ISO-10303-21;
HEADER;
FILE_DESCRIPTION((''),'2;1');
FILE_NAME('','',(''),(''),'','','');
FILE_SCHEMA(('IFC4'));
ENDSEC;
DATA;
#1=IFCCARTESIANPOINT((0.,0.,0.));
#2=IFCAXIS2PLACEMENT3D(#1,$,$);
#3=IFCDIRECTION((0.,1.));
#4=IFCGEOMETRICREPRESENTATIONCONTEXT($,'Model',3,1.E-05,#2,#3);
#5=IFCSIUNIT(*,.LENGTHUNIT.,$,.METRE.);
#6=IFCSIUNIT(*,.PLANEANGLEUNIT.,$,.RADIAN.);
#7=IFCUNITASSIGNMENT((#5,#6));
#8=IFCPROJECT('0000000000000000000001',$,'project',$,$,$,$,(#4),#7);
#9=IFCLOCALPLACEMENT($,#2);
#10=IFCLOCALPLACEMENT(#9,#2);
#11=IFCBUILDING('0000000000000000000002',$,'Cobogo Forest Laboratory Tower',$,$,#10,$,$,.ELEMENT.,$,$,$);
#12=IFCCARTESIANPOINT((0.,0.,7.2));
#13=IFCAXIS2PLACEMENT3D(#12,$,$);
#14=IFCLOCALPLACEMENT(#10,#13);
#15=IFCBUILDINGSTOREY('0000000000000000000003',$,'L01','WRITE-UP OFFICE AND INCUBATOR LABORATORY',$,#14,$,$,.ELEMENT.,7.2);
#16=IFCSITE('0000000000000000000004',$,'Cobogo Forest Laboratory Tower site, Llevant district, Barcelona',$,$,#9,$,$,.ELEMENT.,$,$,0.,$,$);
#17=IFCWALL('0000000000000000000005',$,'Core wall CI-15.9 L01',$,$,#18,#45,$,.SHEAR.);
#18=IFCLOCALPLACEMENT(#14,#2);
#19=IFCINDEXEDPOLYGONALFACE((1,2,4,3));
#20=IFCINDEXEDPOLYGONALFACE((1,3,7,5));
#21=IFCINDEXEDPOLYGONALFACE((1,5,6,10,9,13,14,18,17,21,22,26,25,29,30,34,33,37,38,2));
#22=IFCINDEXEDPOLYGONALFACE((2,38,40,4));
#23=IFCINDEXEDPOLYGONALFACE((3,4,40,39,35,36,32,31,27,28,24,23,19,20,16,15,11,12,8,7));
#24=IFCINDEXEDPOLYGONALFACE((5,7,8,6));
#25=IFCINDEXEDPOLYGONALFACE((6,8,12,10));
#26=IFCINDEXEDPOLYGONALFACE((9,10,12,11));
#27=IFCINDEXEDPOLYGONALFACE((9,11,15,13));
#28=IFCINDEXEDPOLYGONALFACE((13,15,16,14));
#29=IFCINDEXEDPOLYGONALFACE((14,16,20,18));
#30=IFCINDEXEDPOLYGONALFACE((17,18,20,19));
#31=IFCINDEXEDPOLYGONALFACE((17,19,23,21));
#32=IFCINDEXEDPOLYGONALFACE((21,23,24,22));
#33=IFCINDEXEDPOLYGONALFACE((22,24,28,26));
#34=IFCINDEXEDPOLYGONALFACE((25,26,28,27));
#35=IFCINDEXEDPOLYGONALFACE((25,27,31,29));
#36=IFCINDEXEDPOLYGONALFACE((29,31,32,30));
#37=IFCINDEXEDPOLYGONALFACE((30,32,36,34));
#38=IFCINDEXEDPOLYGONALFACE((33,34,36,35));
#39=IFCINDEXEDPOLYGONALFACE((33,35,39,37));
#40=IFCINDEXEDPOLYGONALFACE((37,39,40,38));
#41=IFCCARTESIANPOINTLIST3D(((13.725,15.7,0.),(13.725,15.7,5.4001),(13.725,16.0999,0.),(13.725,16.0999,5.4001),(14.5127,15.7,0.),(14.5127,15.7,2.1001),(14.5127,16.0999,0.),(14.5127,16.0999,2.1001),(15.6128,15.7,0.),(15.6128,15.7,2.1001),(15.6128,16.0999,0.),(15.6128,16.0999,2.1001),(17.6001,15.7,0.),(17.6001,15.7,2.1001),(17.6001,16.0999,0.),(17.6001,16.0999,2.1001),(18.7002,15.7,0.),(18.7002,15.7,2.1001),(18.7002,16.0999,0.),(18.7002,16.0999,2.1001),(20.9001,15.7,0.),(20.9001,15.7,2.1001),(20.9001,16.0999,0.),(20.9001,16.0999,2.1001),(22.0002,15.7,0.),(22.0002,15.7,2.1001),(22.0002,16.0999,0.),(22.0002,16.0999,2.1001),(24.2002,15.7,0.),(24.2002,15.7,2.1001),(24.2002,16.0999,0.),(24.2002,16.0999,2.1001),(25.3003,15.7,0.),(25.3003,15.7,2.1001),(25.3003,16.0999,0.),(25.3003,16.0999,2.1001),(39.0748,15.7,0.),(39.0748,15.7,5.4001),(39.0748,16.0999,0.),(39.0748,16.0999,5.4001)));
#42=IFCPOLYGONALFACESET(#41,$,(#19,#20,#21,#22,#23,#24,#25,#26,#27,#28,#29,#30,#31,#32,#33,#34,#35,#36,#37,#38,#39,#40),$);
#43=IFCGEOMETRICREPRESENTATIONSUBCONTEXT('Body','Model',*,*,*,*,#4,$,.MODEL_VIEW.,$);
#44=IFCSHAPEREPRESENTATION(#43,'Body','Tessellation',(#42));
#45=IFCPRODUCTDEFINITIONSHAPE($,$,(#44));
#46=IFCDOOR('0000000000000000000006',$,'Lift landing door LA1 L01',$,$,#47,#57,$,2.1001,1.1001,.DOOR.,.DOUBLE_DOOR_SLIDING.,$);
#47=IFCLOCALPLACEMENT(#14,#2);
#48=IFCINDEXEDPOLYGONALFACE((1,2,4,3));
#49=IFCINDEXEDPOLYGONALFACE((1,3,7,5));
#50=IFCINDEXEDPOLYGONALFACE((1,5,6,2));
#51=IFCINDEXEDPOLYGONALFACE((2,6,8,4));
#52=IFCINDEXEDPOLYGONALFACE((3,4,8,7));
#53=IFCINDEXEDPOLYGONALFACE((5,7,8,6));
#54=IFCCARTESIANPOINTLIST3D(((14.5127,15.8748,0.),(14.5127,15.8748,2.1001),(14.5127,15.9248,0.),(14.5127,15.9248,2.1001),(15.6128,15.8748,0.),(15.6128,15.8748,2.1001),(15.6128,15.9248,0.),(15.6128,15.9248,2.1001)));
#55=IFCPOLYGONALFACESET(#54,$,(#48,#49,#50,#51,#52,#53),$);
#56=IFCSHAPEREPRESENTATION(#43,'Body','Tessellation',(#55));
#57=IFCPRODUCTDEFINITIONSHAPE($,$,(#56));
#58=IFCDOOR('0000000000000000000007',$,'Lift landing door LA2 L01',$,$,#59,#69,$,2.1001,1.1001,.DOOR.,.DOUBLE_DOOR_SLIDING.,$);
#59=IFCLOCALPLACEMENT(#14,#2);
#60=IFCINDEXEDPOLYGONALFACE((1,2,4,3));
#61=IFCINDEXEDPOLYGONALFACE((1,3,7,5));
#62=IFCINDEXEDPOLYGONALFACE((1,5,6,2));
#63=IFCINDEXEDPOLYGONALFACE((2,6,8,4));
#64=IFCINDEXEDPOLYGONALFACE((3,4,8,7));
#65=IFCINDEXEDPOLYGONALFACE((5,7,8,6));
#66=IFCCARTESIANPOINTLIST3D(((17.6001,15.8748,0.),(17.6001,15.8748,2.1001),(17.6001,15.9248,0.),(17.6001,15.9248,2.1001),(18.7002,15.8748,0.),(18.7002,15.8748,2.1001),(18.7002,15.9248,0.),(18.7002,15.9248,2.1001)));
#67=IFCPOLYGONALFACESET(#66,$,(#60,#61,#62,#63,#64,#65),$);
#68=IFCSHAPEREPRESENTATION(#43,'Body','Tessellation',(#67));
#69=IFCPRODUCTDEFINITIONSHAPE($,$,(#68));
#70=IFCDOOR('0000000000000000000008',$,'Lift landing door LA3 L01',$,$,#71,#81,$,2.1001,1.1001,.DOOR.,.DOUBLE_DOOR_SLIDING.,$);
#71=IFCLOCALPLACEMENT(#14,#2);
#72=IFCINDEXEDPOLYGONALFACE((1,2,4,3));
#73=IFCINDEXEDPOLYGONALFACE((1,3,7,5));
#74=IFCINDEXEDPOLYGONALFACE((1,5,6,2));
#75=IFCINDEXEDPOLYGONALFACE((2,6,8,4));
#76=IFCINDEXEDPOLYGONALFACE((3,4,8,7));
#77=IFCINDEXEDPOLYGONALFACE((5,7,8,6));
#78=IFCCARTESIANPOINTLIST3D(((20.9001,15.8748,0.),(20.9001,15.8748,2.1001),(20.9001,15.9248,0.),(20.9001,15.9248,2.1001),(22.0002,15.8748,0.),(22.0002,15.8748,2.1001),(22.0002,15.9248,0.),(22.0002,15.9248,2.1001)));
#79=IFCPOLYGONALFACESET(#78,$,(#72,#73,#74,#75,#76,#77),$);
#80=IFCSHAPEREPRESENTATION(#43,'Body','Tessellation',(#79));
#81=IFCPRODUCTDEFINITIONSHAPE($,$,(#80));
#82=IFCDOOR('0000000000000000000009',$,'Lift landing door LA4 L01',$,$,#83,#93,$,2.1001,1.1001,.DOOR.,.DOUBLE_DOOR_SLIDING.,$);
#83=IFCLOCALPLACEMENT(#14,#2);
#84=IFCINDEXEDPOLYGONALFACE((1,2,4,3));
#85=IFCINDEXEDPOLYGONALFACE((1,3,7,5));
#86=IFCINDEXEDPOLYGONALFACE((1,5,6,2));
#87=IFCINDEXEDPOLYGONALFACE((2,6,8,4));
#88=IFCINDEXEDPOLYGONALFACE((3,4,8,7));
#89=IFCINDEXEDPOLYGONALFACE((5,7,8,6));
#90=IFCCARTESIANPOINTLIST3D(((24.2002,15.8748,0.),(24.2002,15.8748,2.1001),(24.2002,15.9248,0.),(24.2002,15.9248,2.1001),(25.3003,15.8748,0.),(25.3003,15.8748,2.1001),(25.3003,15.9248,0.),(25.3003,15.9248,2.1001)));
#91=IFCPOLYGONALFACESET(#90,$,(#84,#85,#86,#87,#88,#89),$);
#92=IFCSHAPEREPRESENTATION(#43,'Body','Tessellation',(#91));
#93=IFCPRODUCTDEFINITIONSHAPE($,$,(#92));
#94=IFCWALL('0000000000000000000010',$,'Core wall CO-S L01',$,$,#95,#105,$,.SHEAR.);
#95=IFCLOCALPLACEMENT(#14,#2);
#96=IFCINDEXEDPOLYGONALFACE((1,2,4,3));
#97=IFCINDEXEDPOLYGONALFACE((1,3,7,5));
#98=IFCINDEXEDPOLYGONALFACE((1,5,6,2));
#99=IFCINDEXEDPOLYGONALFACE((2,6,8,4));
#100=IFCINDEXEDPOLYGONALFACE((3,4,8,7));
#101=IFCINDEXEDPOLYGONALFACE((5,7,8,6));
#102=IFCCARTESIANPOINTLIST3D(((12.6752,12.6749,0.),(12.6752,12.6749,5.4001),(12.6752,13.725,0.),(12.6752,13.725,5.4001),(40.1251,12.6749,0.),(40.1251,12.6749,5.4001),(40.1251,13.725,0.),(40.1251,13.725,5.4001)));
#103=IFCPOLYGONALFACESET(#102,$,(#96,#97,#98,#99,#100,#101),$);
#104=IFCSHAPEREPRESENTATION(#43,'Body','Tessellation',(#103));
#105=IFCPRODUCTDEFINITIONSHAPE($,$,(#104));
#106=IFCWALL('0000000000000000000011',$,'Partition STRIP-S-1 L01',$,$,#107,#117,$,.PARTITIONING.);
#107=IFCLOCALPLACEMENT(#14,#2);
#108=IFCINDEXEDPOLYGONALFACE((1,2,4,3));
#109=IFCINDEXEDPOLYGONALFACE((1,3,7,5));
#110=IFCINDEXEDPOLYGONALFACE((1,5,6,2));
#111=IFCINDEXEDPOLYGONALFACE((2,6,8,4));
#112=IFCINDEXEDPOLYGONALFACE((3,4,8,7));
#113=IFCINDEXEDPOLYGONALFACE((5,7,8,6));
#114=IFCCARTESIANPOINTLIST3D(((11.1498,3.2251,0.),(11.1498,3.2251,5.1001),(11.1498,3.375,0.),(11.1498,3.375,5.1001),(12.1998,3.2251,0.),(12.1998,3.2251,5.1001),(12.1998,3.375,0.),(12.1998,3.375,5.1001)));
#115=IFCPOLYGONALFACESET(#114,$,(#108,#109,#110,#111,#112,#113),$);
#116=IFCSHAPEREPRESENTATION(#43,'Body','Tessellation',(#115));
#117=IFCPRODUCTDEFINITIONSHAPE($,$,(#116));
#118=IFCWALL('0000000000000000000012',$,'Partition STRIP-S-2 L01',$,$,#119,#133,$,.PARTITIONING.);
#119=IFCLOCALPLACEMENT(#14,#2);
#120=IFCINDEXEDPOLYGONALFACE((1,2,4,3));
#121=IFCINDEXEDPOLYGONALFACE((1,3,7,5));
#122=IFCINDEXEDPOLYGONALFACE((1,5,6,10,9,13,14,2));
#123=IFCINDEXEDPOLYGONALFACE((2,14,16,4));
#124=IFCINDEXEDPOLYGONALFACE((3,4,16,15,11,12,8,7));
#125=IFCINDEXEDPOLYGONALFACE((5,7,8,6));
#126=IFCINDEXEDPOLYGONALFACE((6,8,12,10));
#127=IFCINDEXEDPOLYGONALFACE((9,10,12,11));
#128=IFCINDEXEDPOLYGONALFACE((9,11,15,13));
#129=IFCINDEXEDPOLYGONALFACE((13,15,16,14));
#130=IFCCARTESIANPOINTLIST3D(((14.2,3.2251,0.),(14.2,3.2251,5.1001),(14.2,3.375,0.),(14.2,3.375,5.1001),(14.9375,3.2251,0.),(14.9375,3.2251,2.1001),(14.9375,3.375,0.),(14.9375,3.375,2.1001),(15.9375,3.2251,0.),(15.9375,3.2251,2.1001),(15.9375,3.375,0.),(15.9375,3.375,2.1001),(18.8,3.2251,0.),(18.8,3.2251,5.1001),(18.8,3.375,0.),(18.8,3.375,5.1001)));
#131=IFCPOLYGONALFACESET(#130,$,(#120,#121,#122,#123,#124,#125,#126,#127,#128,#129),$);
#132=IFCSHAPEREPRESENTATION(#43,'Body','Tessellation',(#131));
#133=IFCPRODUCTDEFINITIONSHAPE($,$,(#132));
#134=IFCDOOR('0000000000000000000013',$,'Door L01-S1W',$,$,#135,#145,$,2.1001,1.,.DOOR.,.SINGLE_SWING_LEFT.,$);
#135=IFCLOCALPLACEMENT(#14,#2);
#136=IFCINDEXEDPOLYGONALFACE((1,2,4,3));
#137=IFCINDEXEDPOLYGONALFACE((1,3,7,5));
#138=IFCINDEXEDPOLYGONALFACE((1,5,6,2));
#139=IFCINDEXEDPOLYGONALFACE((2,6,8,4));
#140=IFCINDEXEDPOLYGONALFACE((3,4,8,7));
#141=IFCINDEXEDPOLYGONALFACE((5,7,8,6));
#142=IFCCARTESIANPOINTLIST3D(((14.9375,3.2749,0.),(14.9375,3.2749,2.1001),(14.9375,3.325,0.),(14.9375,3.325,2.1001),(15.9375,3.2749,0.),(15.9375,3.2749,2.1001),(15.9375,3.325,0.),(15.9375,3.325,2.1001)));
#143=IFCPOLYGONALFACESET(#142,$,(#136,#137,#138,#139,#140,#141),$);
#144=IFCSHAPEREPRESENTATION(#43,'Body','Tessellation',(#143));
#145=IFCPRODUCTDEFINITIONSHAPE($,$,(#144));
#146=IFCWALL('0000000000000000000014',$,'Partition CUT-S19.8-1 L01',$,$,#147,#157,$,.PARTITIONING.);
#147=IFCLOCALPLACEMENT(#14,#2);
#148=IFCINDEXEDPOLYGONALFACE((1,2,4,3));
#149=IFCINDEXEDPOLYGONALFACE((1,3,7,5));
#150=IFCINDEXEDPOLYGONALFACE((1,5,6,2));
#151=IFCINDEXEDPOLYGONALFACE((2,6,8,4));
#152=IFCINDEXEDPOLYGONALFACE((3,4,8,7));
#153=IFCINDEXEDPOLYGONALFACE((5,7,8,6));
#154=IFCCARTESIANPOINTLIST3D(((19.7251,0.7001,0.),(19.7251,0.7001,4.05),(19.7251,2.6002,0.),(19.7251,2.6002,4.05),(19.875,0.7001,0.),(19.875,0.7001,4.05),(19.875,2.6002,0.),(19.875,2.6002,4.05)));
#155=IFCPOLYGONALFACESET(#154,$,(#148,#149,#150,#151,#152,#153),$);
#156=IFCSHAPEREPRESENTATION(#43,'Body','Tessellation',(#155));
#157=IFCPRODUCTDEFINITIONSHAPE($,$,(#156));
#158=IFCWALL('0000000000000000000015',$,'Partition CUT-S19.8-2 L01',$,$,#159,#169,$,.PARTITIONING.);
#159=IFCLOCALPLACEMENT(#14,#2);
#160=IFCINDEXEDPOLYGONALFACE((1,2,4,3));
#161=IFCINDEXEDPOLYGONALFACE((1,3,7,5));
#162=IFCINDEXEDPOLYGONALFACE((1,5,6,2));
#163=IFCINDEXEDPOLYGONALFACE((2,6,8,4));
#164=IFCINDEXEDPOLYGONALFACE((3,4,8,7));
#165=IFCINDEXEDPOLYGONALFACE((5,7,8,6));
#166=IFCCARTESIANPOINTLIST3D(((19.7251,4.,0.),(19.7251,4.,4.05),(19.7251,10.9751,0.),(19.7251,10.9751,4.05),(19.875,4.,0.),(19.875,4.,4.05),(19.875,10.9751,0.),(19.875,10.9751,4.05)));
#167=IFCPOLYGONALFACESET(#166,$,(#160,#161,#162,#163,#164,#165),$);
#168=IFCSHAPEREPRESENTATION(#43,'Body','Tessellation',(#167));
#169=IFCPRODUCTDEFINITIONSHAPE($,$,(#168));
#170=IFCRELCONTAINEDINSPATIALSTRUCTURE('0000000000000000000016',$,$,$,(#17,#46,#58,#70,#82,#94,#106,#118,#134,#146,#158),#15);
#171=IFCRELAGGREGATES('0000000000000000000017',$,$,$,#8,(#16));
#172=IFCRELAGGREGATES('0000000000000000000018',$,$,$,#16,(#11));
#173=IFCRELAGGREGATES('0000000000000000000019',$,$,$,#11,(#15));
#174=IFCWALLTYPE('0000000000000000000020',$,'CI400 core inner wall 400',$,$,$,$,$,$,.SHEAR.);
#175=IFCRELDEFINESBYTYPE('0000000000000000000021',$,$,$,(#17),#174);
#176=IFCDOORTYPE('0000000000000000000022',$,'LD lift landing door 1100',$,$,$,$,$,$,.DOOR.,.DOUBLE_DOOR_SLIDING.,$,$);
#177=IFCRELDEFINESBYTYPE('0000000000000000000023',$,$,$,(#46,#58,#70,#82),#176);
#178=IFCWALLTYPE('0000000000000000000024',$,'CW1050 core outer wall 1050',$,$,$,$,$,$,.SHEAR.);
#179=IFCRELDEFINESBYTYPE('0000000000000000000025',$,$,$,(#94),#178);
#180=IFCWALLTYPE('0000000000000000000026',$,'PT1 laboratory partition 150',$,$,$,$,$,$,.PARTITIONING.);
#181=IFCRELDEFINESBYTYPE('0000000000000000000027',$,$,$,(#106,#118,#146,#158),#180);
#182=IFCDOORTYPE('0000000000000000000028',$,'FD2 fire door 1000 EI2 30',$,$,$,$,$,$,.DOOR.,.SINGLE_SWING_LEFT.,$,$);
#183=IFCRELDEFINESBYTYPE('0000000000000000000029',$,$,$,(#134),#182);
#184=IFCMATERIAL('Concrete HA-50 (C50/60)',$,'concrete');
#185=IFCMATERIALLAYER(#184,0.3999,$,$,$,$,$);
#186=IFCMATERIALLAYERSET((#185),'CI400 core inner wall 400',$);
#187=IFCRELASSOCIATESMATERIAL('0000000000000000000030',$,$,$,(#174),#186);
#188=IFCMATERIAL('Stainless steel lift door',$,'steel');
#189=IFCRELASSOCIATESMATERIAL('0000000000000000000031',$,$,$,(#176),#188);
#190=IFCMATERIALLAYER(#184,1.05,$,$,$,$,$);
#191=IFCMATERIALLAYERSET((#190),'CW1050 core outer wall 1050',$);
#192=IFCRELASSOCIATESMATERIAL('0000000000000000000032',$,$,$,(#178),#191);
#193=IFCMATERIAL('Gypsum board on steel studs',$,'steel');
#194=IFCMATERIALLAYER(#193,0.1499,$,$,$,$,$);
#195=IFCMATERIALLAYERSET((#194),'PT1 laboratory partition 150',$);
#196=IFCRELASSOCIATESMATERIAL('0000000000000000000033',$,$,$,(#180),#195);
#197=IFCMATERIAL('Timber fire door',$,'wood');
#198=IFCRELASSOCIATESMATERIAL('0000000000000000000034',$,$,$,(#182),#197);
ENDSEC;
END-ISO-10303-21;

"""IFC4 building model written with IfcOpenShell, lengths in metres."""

from ifc_helpers import new_model, si_unit, direction, frame, frame_2d, origin, place, context, subcontext, project, spatial, rectangle, extrude, material, layer, layer_set, type_object, element, fill, save


model = new_model("IFC4")

# Units and contexts
model_context = context("Model", 3, precision=1e-05, world=origin(), true_north=direction((0.0, 1.0)))
body_context = subcontext(model_context, "Body", "Model", "MODEL_VIEW")
ifc_project = project(units=[si_unit("LENGTHUNIT", "METRE"), si_unit("PLANEANGLEUNIT", "RADIAN")], contexts=[model_context])

# Site, building, storey
site_placement = place(None, origin())
site = spatial("IfcSite", under=ifc_project, at=site_placement, Name="Cobogo Forest Laboratory Tower site, Llevant district, Barcelona", CompositionType="ELEMENT", RefElevation=0.0)
building_placement = place(site_placement, origin())
building = spatial("IfcBuilding", under=site, at=building_placement, Name="Cobogo Forest Laboratory Tower", CompositionType="ELEMENT")
storey_placement = place(building_placement, frame((0.0, 0.0, 7.2)))
storey = spatial("IfcBuildingStorey", under=building, at=storey_placement, Name="L01", Description="WRITE-UP OFFICE AND INCUBATOR LABORATORY", CompositionType="ELEMENT", Elevation=7.2)

# Shared definitions
ifc_material_1 = material(Name="Concrete HA-50 (C50/60)", Category="concrete")

# Wall, openings, doors
ifc_layer_1 = layer(ifc_material_1, 0.3999)
ifc_layer_set_1 = layer_set([ifc_layer_1], Name="CI400 core inner wall 400")
wall_type_1 = type_object("IfcWallType", Name="CI400 core inner wall 400", PredefinedType="SHEAR", material=ifc_layer_set_1)
wall_1_placement = place(storey_placement, frame((13.7251, 15.8999, 0.0), z_axis=(0.0, 0.0, 1.0), x_axis=(1.0, 0.0, 0.0)))
wall_1 = element("IfcWall", 1, at=wall_1_placement, inside=storey, type_object=wall_type_1, Name="Core wall CI-15.9 L01", PredefinedType="SHEAR", context=body_context, shape_type="SweptSolid", body=[
    extrude(rectangle(XDim=25.3499, YDim=0.3999, at=frame_2d((12.6748, 0.0))), origin(), (0.0, 0.0, 1.0), 5.4001),
])
opening_1_placement = place(wall_1_placement, frame((0.7876, 0.0, 0.0)))
opening_1 = element("IfcOpeningElement", 2, at=opening_1_placement, cuts=wall_1, PredefinedType="OPENING", context=body_context, shape_type="SweptSolid", body=[
    extrude(rectangle(XDim=1.1001, YDim=2.1001, at=frame_2d((0.55, 1.05))), frame((0.0, 0.21, 0.0), z_axis=(0.0, -1.0, 0.0), x_axis=(1.0, 0.0, 0.0)), (0.0, 0.0, 1.0), 0.4199),
])
opening_2_placement = place(wall_1_placement, frame((3.875, 0.0, 0.0)))
opening_2 = element("IfcOpeningElement", 3, at=opening_2_placement, cuts=wall_1, PredefinedType="OPENING", context=body_context, shape_type="SweptSolid", body=[
    extrude(rectangle(XDim=1.1001, YDim=2.1001, at=frame_2d((0.55, 1.05))), frame((0.0, 0.21, 0.0), z_axis=(0.0, -1.0, 0.0), x_axis=(1.0, 0.0, 0.0)), (0.0, 0.0, 1.0), 0.4199),
])
opening_3_placement = place(wall_1_placement, frame((7.175, 0.0, 0.0)))
opening_3 = element("IfcOpeningElement", 4, at=opening_3_placement, cuts=wall_1, PredefinedType="OPENING", context=body_context, shape_type="SweptSolid", body=[
    extrude(rectangle(XDim=1.1001, YDim=2.1001, at=frame_2d((0.55, 1.05))), frame((0.0, 0.21, 0.0), z_axis=(0.0, -1.0, 0.0), x_axis=(1.0, 0.0, 0.0)), (0.0, 0.0, 1.0), 0.4199),
])
opening_4_placement = place(wall_1_placement, frame((10.4751, 0.0, 0.0)))
opening_4 = element("IfcOpeningElement", 5, at=opening_4_placement, cuts=wall_1, PredefinedType="OPENING", context=body_context, shape_type="SweptSolid", body=[
    extrude(rectangle(XDim=1.1001, YDim=2.1001, at=frame_2d((0.55, 1.05))), frame((0.0, 0.21, 0.0), z_axis=(0.0, -1.0, 0.0), x_axis=(1.0, 0.0, 0.0)), (0.0, 0.0, 1.0), 0.4199),
])
ifc_material_2 = material(Name="Stainless steel lift door", Category="steel")
door_type_1 = type_object("IfcDoorType", Name="LD lift landing door 1100", OperationType="DOUBLE_DOOR_SLIDING", PredefinedType="DOOR", material=ifc_material_2)
door_1_placement = place(opening_1_placement, origin())
door_1 = element("IfcDoor", 6, at=door_1_placement, inside=storey, type_object=door_type_1, Name="Lift landing door LA1 L01", OperationType="DOUBLE_DOOR_SLIDING", OverallHeight=2.1001, OverallWidth=1.1001, PredefinedType="DOOR", context=body_context, shape_type="SweptSolid", body=[
    extrude(rectangle(XDim=1.1001, YDim=2.1001, at=frame_2d((0.55, 1.05))), frame((0.0, 0.0249, 0.0), z_axis=(0.0, -1.0, 0.0), x_axis=(1.0, 0.0, 0.0)), (0.0, 0.0, 1.0), 0.05),
])
fill(opening_1, door_1)
door_2_placement = place(opening_2_placement, origin())
door_2 = element("IfcDoor", 7, at=door_2_placement, inside=storey, type_object=door_type_1, Name="Lift landing door LA2 L01", OperationType="DOUBLE_DOOR_SLIDING", OverallHeight=2.1001, OverallWidth=1.1001, PredefinedType="DOOR", context=body_context, shape_type="SweptSolid", body=[
    extrude(rectangle(XDim=1.1001, YDim=2.1001, at=frame_2d((0.55, 1.05))), frame((0.0, 0.0249, 0.0), z_axis=(0.0, -1.0, 0.0), x_axis=(1.0, 0.0, 0.0)), (0.0, 0.0, 1.0), 0.05),
])
fill(opening_2, door_2)
door_3_placement = place(opening_3_placement, origin())
door_3 = element("IfcDoor", 8, at=door_3_placement, inside=storey, type_object=door_type_1, Name="Lift landing door LA3 L01", OperationType="DOUBLE_DOOR_SLIDING", OverallHeight=2.1001, OverallWidth=1.1001, PredefinedType="DOOR", context=body_context, shape_type="SweptSolid", body=[
    extrude(rectangle(XDim=1.1001, YDim=2.1001, at=frame_2d((0.55, 1.05))), frame((0.0, 0.0249, 0.0), z_axis=(0.0, -1.0, 0.0), x_axis=(1.0, 0.0, 0.0)), (0.0, 0.0, 1.0), 0.05),
])
fill(opening_3, door_3)
door_4_placement = place(opening_4_placement, origin())
door_4 = element("IfcDoor", 9, at=door_4_placement, inside=storey, type_object=door_type_1, Name="Lift landing door LA4 L01", OperationType="DOUBLE_DOOR_SLIDING", OverallHeight=2.1001, OverallWidth=1.1001, PredefinedType="DOOR", context=body_context, shape_type="SweptSolid", body=[
    extrude(rectangle(XDim=1.1001, YDim=2.1001, at=frame_2d((0.55, 1.05))), frame((0.0, 0.0249, 0.0), z_axis=(0.0, -1.0, 0.0), x_axis=(1.0, 0.0, 0.0)), (0.0, 0.0, 1.0), 0.05),
])
fill(opening_4, door_4)

# Walls
ifc_layer_2 = layer(ifc_material_1, 1.05)
ifc_layer_set_2 = layer_set([ifc_layer_2], Name="CW1050 core outer wall 1050")
wall_type_2 = type_object("IfcWallType", Name="CW1050 core outer wall 1050", PredefinedType="SHEAR", material=ifc_layer_set_2)
wall_2_placement = place(storey_placement, frame((12.675, 13.2, 0.0), z_axis=(0.0, 0.0, 1.0), x_axis=(1.0, 0.0, 0.0)))
element("IfcWall", 10, at=wall_2_placement, inside=storey, type_object=wall_type_2, Name="Core wall CO-S L01", PredefinedType="SHEAR", context=body_context, shape_type="SweptSolid", body=[
    extrude(rectangle(XDim=27.45, YDim=1.05, at=frame_2d((13.7251, 0.0))), origin(), (0.0, 0.0, 1.0), 5.4001),
])
ifc_material_3 = material(Name="Gypsum board on steel studs", Category="steel")
ifc_layer_3 = layer(ifc_material_3, 0.1499)
ifc_layer_set_3 = layer_set([ifc_layer_3], Name="PT1 laboratory partition 150")
wall_type_3 = type_object("IfcWallType", Name="PT1 laboratory partition 150", PredefinedType="PARTITIONING", material=ifc_layer_set_3)
wall_3_placement = place(storey_placement, frame((11.1499, 3.3, 0.0), z_axis=(0.0, 0.0, 1.0), x_axis=(1.0, 0.0, 0.0)))
element("IfcWall", 11, at=wall_3_placement, inside=storey, type_object=wall_type_3, Name="Partition STRIP-S-1 L01", PredefinedType="PARTITIONING", context=body_context, shape_type="SweptSolid", body=[
    extrude(rectangle(XDim=1.05, YDim=0.1499, at=frame_2d((0.5249, 0.0))), origin(), (0.0, 0.0, 1.0), 5.1001),
])

# Wall, opening, door
wall_4_placement = place(storey_placement, frame((14.2, 3.3, 0.0), z_axis=(0.0, 0.0, 1.0), x_axis=(1.0, 0.0, 0.0)))
wall_4 = element("IfcWall", 12, at=wall_4_placement, inside=storey, type_object=wall_type_3, Name="Partition STRIP-S-2 L01", PredefinedType="PARTITIONING", context=body_context, shape_type="SweptSolid", body=[
    extrude(rectangle(XDim=4.6001, YDim=0.1499, at=frame_2d((2.3, 0.0))), origin(), (0.0, 0.0, 1.0), 5.1001),
])
opening_5_placement = place(wall_4_placement, frame((0.7375, 0.0, 0.0)))
opening_5 = element("IfcOpeningElement", 13, at=opening_5_placement, cuts=wall_4, PredefinedType="OPENING", context=body_context, shape_type="SweptSolid", body=[
    extrude(rectangle(XDim=1.0, YDim=2.1001, at=frame_2d((0.5, 1.05))), frame((0.0, 0.085, 0.0), z_axis=(0.0, -1.0, 0.0), x_axis=(1.0, 0.0, 0.0)), (0.0, 0.0, 1.0), 0.1699),
])
ifc_material_4 = material(Name="Timber fire door", Category="wood")
door_type_2 = type_object("IfcDoorType", Name="FD2 fire door 1000 EI2 30", OperationType="SINGLE_SWING_LEFT", PredefinedType="DOOR", material=ifc_material_4)
door_5_placement = place(opening_5_placement, origin())
door_5 = element("IfcDoor", 14, at=door_5_placement, inside=storey, type_object=door_type_2, Name="Door L01-S1W", OperationType="SINGLE_SWING_LEFT", OverallHeight=2.1001, OverallWidth=1.0, PredefinedType="DOOR", context=body_context, shape_type="SweptSolid", body=[
    extrude(rectangle(XDim=1.0, YDim=2.1001, at=frame_2d((0.5, 1.05))), frame((0.0, 0.0249, 0.0), z_axis=(0.0, -1.0, 0.0), x_axis=(1.0, 0.0, 0.0)), (0.0, 0.0, 1.0), 0.05),
])
fill(opening_5, door_5)

# Walls
wall_5_placement = place(storey_placement, frame((19.8, 0.7, 0.0), z_axis=(0.0, 0.0, 1.0), x_axis=(0.0, 1.0, 0.0)))
element("IfcWall", 15, at=wall_5_placement, inside=storey, type_object=wall_type_3, Name="Partition CUT-S19.8-1 L01", PredefinedType="PARTITIONING", context=body_context, shape_type="SweptSolid", body=[
    extrude(rectangle(XDim=1.9001, YDim=0.1499, at=frame_2d((0.9502, 0.0))), origin(), (0.0, 0.0, 1.0), 4.05),
])
wall_6_placement = place(storey_placement, frame((19.8, 4.0, 0.0), z_axis=(0.0, 0.0, 1.0), x_axis=(0.0, 1.0, 0.0)))
element("IfcWall", 16, at=wall_6_placement, inside=storey, type_object=wall_type_3, Name="Partition CUT-S19.8-2 L01", PredefinedType="PARTITIONING", context=body_context, shape_type="SweptSolid", body=[
    extrude(rectangle(XDim=6.9751, YDim=0.1499, at=frame_2d((3.4875, 0.0))), origin(), (0.0, 0.0, 1.0), 4.05),
])

save(model, "model.ifc")
